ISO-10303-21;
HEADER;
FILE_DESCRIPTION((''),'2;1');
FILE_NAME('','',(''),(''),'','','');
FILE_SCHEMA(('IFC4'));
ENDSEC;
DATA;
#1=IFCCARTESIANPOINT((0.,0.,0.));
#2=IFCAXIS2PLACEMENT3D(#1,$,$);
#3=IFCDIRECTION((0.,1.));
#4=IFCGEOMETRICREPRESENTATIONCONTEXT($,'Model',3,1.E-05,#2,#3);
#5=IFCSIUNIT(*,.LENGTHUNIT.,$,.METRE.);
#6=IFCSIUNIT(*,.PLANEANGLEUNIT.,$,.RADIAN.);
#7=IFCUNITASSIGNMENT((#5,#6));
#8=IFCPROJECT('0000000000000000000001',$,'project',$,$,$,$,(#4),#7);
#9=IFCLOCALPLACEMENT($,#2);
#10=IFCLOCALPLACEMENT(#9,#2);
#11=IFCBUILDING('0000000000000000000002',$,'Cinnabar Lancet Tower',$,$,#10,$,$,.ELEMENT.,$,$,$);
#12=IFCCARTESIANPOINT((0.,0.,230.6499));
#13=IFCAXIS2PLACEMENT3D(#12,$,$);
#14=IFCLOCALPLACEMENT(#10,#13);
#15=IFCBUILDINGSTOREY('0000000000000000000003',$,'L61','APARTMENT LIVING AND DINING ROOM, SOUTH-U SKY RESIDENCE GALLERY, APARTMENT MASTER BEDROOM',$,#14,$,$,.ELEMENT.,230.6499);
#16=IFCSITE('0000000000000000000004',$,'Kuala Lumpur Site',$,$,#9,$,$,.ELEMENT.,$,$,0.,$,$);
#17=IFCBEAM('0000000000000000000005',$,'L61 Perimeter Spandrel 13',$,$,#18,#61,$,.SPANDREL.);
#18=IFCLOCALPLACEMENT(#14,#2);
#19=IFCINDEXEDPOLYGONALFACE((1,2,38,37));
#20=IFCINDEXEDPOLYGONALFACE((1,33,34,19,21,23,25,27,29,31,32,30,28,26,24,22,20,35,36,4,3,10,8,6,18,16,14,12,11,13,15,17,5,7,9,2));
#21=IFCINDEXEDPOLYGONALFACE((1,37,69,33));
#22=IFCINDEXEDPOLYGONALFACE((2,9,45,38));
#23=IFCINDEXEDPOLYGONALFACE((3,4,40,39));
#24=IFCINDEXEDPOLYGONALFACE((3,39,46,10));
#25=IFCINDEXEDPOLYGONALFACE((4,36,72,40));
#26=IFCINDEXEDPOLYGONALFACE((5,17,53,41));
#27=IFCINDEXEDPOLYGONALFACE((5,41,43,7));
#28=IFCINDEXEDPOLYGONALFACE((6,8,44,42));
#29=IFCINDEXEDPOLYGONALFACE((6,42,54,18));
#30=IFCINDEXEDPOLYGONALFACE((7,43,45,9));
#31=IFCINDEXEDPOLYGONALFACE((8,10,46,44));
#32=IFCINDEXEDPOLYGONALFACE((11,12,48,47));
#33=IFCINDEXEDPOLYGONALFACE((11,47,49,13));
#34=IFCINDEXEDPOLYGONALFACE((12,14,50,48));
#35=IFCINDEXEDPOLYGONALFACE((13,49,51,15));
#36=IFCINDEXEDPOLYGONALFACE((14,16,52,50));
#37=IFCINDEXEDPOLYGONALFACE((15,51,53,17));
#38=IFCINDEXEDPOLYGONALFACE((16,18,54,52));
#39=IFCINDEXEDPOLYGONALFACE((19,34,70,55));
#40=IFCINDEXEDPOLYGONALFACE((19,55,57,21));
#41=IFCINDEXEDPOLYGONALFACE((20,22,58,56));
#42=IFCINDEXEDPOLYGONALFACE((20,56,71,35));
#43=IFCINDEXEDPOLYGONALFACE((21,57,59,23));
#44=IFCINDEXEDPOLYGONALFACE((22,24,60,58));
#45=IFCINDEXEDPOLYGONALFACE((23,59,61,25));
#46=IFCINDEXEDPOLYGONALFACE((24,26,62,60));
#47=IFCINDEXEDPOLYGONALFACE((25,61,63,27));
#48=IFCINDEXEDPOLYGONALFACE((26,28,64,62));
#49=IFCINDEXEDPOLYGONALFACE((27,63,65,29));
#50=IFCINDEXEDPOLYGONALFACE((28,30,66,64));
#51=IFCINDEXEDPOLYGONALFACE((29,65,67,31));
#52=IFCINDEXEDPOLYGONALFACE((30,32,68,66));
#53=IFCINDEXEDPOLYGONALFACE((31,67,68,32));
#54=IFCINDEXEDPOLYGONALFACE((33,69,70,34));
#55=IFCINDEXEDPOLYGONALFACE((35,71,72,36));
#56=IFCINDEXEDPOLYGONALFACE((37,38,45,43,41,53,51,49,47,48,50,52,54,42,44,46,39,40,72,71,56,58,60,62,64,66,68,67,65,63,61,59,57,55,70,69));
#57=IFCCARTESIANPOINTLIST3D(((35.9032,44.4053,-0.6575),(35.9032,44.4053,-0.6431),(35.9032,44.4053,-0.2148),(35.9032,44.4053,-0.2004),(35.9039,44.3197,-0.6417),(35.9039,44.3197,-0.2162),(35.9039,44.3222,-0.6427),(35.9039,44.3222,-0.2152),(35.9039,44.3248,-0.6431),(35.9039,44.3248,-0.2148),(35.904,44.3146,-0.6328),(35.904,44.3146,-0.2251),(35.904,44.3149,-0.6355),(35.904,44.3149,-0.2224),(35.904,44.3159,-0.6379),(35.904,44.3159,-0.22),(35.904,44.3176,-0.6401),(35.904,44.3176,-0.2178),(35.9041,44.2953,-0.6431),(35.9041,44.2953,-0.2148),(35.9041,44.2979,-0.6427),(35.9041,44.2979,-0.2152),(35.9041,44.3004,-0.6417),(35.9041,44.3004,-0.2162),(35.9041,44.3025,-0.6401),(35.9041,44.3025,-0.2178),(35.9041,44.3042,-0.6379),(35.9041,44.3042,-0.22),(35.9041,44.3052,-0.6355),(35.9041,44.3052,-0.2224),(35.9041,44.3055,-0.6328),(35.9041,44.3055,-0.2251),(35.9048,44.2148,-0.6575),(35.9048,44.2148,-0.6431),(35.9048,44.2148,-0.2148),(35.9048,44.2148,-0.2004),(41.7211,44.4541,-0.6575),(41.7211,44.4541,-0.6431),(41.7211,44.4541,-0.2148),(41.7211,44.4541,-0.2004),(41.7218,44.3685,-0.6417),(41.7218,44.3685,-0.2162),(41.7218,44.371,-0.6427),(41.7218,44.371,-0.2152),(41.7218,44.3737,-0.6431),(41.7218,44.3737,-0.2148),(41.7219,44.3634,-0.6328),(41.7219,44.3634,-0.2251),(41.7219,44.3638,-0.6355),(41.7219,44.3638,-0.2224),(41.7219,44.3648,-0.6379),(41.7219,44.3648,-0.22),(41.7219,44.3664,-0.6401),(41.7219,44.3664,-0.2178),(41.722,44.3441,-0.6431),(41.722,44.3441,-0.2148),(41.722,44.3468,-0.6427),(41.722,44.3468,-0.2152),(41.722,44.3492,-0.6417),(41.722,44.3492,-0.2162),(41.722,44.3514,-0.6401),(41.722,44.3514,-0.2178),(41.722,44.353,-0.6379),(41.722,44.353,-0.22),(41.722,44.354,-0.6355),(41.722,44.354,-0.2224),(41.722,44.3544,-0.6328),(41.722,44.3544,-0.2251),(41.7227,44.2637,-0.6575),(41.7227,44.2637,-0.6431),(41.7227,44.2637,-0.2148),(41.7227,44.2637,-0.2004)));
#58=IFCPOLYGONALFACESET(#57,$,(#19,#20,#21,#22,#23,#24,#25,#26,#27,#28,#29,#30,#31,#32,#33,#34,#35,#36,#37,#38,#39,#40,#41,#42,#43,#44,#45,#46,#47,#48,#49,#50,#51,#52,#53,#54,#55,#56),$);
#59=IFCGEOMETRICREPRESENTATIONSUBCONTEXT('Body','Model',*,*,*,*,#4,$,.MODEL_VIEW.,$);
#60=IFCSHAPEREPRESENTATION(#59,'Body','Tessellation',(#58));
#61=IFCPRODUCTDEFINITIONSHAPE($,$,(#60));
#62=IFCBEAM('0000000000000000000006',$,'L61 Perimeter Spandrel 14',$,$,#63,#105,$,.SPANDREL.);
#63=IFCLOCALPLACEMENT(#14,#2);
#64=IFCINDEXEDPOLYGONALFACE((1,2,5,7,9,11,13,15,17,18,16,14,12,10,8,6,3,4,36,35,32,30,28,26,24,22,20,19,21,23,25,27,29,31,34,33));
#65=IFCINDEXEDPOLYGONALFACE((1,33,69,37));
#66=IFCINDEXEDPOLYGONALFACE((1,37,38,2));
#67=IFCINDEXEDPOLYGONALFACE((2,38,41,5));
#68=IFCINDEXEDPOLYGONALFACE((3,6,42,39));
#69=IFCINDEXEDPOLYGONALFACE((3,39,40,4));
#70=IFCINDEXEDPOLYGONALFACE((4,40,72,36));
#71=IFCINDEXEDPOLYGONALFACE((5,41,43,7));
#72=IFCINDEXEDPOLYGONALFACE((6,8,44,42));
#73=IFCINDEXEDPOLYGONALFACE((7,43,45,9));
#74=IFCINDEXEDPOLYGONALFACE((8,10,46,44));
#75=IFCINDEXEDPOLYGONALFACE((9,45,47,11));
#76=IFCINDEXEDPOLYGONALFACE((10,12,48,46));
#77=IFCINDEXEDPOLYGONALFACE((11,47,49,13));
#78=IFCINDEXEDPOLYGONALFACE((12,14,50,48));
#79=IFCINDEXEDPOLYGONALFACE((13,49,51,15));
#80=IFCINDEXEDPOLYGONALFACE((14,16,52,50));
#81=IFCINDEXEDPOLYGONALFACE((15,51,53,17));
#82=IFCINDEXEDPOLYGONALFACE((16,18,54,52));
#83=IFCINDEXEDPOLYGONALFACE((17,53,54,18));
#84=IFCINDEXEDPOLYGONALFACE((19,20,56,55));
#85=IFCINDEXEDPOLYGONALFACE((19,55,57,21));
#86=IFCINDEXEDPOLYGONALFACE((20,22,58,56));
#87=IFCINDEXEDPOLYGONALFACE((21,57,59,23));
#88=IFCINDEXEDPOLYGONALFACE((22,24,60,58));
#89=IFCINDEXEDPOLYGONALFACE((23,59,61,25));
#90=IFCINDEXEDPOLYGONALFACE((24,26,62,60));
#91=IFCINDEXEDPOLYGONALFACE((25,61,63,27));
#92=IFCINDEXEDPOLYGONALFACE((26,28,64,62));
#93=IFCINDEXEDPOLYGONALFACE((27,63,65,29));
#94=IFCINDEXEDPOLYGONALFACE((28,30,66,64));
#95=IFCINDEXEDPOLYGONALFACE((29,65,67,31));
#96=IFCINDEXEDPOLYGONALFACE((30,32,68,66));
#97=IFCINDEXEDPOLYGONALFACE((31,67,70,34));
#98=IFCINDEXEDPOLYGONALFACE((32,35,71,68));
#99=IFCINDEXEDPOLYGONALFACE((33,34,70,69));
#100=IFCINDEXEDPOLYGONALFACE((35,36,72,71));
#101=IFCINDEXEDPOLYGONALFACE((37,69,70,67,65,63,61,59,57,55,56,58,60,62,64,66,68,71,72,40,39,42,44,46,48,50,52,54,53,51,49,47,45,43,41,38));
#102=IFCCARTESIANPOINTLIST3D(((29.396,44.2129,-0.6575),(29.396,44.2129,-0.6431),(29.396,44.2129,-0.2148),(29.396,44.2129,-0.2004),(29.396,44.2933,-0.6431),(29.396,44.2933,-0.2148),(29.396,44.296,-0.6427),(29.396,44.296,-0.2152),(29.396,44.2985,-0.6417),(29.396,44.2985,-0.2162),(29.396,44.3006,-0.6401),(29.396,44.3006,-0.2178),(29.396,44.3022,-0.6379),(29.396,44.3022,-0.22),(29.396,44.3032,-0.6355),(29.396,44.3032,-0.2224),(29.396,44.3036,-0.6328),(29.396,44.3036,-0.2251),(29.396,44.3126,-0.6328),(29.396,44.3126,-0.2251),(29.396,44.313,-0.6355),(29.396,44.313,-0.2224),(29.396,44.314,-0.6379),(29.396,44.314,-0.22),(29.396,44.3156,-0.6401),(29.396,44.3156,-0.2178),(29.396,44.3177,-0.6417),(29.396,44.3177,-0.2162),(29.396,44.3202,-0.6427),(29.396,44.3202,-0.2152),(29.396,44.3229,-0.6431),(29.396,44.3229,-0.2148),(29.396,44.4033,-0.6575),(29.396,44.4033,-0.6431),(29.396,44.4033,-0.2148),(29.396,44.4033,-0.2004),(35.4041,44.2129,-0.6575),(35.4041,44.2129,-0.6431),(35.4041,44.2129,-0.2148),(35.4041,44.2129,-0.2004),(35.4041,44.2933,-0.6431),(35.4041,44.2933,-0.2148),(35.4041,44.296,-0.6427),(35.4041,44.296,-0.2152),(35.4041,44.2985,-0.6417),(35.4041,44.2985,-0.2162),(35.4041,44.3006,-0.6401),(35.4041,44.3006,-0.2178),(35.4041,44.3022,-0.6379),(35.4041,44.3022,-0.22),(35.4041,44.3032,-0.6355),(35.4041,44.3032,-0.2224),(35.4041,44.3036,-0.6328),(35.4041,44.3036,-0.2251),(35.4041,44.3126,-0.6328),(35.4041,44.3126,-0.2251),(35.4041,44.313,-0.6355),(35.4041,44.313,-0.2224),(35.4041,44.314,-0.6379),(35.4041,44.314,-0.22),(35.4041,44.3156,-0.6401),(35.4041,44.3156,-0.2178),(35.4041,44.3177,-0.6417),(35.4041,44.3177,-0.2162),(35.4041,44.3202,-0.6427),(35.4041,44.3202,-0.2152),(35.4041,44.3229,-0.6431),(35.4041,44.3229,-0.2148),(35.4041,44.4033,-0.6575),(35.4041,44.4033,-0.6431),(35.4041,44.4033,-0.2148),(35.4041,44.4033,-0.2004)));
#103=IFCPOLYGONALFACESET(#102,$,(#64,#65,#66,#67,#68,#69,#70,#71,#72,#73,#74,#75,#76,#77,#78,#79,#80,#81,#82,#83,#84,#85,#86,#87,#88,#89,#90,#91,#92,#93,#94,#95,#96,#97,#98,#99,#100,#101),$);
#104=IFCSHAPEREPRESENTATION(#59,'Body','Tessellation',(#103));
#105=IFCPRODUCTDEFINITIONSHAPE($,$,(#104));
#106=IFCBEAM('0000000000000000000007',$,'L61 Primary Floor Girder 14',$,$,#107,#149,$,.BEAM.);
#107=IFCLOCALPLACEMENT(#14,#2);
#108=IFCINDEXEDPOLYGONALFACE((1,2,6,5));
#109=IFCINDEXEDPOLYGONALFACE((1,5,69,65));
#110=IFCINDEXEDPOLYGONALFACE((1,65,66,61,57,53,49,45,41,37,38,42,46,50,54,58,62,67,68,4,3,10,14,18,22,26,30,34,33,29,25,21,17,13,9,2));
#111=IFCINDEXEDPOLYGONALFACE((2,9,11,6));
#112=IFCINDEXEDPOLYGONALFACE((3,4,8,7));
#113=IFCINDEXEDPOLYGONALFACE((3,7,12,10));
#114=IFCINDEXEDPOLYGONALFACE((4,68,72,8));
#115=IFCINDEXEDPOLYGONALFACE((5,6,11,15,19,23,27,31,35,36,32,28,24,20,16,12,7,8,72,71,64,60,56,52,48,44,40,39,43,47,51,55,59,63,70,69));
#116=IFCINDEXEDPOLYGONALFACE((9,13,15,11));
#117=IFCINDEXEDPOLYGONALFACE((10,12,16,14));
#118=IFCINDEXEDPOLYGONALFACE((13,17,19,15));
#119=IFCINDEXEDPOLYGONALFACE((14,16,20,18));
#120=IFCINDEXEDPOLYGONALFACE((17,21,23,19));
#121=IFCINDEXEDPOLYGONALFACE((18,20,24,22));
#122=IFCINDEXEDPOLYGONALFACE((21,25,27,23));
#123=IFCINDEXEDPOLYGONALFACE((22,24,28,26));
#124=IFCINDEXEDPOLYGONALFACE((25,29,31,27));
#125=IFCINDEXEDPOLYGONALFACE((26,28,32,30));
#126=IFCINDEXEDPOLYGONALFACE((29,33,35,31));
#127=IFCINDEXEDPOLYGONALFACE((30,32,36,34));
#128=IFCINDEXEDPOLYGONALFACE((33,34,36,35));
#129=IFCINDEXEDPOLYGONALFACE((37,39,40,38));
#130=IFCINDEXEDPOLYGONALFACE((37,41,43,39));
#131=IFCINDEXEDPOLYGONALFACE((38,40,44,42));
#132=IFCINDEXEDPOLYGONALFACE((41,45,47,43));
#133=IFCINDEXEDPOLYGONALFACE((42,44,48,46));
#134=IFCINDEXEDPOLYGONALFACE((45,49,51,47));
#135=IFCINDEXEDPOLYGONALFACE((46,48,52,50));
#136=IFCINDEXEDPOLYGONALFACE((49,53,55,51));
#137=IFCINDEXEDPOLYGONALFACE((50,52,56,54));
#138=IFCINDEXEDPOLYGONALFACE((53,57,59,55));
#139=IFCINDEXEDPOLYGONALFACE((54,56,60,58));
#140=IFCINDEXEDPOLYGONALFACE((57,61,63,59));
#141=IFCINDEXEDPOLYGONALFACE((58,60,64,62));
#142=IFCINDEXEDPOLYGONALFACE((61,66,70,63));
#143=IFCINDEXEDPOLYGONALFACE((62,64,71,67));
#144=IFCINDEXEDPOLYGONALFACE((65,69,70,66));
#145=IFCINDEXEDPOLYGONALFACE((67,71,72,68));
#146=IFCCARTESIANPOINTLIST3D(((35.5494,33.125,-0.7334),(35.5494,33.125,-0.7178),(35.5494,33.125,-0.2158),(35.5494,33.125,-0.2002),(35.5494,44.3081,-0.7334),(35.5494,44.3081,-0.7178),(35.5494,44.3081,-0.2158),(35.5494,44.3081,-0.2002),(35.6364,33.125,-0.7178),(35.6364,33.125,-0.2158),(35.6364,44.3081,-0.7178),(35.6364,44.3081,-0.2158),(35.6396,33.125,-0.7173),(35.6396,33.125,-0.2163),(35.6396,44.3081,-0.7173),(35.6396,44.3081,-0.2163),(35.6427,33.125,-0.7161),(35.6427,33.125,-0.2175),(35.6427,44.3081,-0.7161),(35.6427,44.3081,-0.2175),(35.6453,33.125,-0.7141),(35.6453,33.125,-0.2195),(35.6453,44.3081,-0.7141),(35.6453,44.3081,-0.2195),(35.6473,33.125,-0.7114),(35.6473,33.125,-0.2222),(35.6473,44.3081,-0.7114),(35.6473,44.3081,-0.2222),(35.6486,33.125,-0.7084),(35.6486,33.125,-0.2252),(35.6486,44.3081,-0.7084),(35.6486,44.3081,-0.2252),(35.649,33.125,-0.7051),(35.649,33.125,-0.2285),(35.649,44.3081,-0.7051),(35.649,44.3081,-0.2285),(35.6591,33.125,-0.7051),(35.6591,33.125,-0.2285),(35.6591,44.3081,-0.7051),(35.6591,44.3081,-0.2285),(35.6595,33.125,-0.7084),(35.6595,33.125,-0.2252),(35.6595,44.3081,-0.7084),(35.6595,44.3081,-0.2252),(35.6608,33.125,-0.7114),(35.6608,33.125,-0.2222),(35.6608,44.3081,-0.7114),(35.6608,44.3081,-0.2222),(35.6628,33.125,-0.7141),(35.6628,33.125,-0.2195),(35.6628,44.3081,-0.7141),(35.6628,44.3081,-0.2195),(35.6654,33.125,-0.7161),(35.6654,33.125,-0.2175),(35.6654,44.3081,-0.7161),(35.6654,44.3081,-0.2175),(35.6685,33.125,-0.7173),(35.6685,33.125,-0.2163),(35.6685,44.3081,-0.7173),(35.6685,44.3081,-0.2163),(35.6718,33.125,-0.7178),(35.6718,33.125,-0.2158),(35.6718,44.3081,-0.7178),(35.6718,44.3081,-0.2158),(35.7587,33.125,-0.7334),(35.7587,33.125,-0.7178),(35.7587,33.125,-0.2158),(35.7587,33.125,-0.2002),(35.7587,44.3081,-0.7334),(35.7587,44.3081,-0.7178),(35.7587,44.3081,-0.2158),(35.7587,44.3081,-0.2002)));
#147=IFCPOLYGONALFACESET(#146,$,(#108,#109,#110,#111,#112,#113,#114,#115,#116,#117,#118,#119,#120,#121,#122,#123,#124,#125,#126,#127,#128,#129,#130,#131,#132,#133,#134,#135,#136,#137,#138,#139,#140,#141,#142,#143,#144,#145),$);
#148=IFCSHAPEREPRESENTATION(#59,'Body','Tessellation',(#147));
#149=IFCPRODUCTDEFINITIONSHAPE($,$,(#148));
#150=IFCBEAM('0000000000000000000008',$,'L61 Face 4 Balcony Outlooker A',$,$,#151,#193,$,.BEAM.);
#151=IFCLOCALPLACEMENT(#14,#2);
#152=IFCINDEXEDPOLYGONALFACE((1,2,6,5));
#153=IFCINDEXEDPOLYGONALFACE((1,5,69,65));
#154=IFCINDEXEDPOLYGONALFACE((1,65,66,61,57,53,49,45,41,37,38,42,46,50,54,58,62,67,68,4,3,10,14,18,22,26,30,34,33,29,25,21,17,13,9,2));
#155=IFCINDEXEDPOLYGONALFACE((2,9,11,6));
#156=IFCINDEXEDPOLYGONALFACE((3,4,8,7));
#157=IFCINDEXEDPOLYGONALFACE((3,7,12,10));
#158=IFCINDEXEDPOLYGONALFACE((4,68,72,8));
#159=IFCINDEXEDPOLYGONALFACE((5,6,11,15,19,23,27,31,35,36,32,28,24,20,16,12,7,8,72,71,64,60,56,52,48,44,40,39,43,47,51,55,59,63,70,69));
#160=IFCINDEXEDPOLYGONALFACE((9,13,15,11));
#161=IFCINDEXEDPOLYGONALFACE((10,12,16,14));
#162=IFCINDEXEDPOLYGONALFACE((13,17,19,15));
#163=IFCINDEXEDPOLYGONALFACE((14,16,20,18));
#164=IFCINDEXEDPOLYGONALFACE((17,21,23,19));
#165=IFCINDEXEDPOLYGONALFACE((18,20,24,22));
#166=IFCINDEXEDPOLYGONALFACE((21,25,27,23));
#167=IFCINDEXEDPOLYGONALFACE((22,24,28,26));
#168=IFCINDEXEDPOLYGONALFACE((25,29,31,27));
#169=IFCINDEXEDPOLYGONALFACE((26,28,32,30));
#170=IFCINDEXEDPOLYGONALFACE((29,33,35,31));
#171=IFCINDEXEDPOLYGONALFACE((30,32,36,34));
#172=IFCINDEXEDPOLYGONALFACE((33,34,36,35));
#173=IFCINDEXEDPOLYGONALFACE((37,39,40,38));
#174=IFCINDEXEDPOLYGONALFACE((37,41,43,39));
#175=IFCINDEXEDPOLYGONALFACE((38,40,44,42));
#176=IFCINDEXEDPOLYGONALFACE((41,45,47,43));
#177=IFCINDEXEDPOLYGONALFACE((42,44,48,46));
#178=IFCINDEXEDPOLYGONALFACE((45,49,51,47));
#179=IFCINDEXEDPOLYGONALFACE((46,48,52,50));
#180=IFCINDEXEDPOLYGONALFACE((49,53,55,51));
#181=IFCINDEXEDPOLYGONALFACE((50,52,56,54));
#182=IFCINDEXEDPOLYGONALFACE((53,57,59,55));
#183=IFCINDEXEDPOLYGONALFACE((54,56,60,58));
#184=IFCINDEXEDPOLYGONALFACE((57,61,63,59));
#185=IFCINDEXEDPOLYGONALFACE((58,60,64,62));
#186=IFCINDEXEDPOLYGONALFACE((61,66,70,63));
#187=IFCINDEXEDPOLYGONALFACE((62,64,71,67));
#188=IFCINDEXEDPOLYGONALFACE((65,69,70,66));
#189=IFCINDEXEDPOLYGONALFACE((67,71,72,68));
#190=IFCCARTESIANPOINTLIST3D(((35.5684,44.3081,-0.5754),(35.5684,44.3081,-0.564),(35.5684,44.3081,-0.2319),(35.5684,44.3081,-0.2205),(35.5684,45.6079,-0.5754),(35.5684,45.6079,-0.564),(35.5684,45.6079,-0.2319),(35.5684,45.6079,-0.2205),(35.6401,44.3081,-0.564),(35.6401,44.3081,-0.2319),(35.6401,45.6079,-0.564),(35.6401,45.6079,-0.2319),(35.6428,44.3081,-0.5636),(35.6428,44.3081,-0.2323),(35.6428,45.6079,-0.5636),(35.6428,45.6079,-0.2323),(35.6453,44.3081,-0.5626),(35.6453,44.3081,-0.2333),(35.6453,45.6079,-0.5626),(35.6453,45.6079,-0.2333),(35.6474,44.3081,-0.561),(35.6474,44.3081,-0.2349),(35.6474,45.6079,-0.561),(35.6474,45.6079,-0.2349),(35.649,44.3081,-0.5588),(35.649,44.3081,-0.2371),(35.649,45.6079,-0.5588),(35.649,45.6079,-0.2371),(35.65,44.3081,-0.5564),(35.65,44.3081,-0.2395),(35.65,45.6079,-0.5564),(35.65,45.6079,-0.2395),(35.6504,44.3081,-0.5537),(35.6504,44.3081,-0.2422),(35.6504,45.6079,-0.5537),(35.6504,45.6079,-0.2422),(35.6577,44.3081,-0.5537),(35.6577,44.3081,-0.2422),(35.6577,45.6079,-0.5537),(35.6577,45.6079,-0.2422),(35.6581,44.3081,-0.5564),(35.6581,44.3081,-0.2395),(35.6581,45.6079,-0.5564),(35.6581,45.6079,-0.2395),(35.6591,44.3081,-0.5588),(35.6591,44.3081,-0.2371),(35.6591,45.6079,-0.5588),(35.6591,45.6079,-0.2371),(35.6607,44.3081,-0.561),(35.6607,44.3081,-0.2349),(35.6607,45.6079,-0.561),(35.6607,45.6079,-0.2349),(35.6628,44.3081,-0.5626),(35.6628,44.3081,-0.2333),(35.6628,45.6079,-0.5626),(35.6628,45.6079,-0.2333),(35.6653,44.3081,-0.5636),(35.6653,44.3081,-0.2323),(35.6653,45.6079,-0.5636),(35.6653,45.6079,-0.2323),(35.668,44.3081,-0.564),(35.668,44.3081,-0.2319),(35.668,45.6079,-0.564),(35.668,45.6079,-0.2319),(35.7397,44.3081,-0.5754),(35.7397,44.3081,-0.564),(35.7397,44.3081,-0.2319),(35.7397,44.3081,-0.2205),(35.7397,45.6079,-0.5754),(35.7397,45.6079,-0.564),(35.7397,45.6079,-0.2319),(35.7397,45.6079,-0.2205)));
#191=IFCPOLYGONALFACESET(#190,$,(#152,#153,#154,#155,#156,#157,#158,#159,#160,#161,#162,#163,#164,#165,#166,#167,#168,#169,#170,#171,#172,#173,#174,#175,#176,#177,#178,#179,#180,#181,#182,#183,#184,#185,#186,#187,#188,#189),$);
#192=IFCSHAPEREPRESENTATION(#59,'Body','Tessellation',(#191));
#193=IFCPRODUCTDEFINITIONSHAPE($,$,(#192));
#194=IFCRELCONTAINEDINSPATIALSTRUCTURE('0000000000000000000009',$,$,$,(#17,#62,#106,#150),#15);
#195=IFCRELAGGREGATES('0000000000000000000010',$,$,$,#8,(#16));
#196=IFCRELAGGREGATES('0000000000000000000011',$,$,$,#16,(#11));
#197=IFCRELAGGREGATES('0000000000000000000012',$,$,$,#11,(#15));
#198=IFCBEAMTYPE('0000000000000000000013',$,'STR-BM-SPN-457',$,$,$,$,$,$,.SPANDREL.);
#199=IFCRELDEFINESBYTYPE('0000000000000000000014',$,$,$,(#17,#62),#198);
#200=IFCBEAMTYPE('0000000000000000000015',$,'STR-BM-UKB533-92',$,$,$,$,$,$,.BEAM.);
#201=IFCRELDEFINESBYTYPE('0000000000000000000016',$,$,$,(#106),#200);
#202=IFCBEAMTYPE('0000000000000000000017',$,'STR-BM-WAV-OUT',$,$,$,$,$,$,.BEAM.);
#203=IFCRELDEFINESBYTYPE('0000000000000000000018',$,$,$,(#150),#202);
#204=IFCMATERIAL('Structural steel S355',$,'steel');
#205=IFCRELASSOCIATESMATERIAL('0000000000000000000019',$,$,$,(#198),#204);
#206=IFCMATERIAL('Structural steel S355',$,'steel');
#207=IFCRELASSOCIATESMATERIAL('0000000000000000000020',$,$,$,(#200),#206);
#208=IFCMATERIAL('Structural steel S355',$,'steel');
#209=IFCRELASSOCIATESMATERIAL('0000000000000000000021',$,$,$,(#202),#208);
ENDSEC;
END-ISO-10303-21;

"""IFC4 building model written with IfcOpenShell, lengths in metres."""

from ifc_helpers import new_model, si_unit, direction, frame, origin, origin_2d, place, context, subcontext, project, spatial, i_section, extrude, material, material_profile, profile_set, type_object, element, save


model = new_model("IFC4")

# Units and contexts
model_context = context("Model", 3, precision=1e-05, world=origin(), true_north=direction((0.0, 1.0)))
body_context = subcontext(model_context, "Body", "Model", "MODEL_VIEW")
ifc_project = project(units=[si_unit("LENGTHUNIT", "METRE"), si_unit("PLANEANGLEUNIT", "RADIAN")], contexts=[model_context])

# Site, building, storey
site_placement = place(None, origin())
site = spatial("IfcSite", under=ifc_project, at=site_placement, Name="Kuala Lumpur Site", CompositionType="ELEMENT", RefElevation=0.0)
building_placement = place(site_placement, origin())
building = spatial("IfcBuilding", under=site, at=building_placement, Name="Cinnabar Lancet Tower", CompositionType="ELEMENT")
storey_placement = place(building_placement, frame((0.0, 0.0, 230.6499)))
storey = spatial("IfcBuildingStorey", under=building, at=storey_placement, Name="L61", Description="APARTMENT LIVING AND DINING ROOM, SOUTH-U SKY RESIDENCE GALLERY, APARTMENT MASTER BEDROOM", CompositionType="ELEMENT", Elevation=230.6499)

# Beams
ifc_material_1 = material(Name="Structural steel S355", Category="steel")
ifc_material_profile_1 = material_profile(ifc_material_1, i_section(OverallWidth=0.1904, OverallDepth=0.457, WebThickness=0.009, FlangeThickness=0.0144, FilletRadius=0.0103, at=origin_2d()), Name="UKB 457x191x74")
ifc_profile_set_1 = profile_set([ifc_material_profile_1], Name="Structural steel S355")
beam_type_1 = type_object("IfcBeamType", Name="STR-BM-SPN-457", PredefinedType="SPANDREL", material=ifc_profile_set_1)
beam_1_placement = place(storey_placement, frame((41.7219, 44.3589, -0.429), z_axis=(-0.999965, -0.008392, 0.0), x_axis=(0.008392, -0.999965, 0.0)))
element("IfcBeam", 1, at=beam_1_placement, inside=storey, type_object=beam_type_1, Name="L61 Perimeter Spandrel 13", PredefinedType="SPANDREL", context=body_context, shape_type="SweptSolid", body=[
    extrude(i_section(OverallWidth=0.1904, OverallDepth=0.457, WebThickness=0.009, FlangeThickness=0.0144, FilletRadius=0.0103, at=origin_2d()), origin(), (0.0, 0.0, 1.0), 5.8181),
])
beam_2_placement = place(storey_placement, frame((35.4041, 44.3081, -0.429), z_axis=(-1.0, 0.0, 0.0), x_axis=(0.0, -1.0, 0.0)))
element("IfcBeam", 2, at=beam_2_placement, inside=storey, type_object=beam_type_1, Name="L61 Perimeter Spandrel 14", PredefinedType="SPANDREL", context=body_context, shape_type="SweptSolid", body=[
    extrude(i_section(OverallWidth=0.1904, OverallDepth=0.457, WebThickness=0.009, FlangeThickness=0.0144, FilletRadius=0.0103, at=origin_2d()), origin(), (0.0, 0.0, 1.0), 6.0081),
])
ifc_material_2 = material(Name="Structural steel S355", Category="steel")
ifc_material_profile_2 = material_profile(ifc_material_2, i_section(OverallWidth=0.2092, OverallDepth=0.5332, WebThickness=0.01, FlangeThickness=0.0156, FilletRadius=0.0127, at=origin_2d()), Name="UKB 533x210x92")
ifc_profile_set_2 = profile_set([ifc_material_profile_2], Name="Structural steel S355")
beam_type_2 = type_object("IfcBeamType", Name="STR-BM-UKB533-92", PredefinedType="BEAM", material=ifc_profile_set_2)
beam_3_placement = place(storey_placement, frame((35.6541, 44.3081, -0.4668), z_axis=(0.0, -1.0, 0.0), x_axis=(1.0, 0.0, 0.0)))
element("IfcBeam", 3, at=beam_3_placement, inside=storey, type_object=beam_type_2, Name="L61 Primary Floor Girder 14", PredefinedType="BEAM", context=body_context, shape_type="SweptSolid", body=[
    extrude(i_section(OverallWidth=0.2092, OverallDepth=0.5332, WebThickness=0.01, FlangeThickness=0.0156, FilletRadius=0.0127, at=origin_2d()), origin(), (0.0, 0.0, 1.0), 11.1831),
])
ifc_material_3 = material(Name="Structural steel S355", Category="steel")
ifc_material_profile_3 = material_profile(ifc_material_3, i_section(OverallWidth=0.1714, OverallDepth=0.355, WebThickness=0.0073, FlangeThickness=0.0115, FilletRadius=0.0103, at=origin_2d()), Name="UKB 356x171x51")
ifc_profile_set_3 = profile_set([ifc_material_profile_3], Name="Structural steel S355")
beam_type_3 = type_object("IfcBeamType", Name="STR-BM-WAV-OUT", PredefinedType="BEAM", material=ifc_profile_set_3)
beam_4_placement = place(storey_placement, frame((35.6541, 44.3081, -0.3979), z_axis=(0.0, 1.0, 0.0), x_axis=(-1.0, 0.0, 0.0)))
element("IfcBeam", 4, at=beam_4_placement, inside=storey, type_object=beam_type_3, Name="L61 Face 4 Balcony Outlooker A", PredefinedType="BEAM", context=body_context, shape_type="SweptSolid", body=[
    extrude(i_section(OverallWidth=0.1714, OverallDepth=0.355, WebThickness=0.0073, FlangeThickness=0.0115, FilletRadius=0.0103, at=origin_2d()), origin(), (0.0, 0.0, 1.0), 1.2998),
])

save(model, "model.ifc")
